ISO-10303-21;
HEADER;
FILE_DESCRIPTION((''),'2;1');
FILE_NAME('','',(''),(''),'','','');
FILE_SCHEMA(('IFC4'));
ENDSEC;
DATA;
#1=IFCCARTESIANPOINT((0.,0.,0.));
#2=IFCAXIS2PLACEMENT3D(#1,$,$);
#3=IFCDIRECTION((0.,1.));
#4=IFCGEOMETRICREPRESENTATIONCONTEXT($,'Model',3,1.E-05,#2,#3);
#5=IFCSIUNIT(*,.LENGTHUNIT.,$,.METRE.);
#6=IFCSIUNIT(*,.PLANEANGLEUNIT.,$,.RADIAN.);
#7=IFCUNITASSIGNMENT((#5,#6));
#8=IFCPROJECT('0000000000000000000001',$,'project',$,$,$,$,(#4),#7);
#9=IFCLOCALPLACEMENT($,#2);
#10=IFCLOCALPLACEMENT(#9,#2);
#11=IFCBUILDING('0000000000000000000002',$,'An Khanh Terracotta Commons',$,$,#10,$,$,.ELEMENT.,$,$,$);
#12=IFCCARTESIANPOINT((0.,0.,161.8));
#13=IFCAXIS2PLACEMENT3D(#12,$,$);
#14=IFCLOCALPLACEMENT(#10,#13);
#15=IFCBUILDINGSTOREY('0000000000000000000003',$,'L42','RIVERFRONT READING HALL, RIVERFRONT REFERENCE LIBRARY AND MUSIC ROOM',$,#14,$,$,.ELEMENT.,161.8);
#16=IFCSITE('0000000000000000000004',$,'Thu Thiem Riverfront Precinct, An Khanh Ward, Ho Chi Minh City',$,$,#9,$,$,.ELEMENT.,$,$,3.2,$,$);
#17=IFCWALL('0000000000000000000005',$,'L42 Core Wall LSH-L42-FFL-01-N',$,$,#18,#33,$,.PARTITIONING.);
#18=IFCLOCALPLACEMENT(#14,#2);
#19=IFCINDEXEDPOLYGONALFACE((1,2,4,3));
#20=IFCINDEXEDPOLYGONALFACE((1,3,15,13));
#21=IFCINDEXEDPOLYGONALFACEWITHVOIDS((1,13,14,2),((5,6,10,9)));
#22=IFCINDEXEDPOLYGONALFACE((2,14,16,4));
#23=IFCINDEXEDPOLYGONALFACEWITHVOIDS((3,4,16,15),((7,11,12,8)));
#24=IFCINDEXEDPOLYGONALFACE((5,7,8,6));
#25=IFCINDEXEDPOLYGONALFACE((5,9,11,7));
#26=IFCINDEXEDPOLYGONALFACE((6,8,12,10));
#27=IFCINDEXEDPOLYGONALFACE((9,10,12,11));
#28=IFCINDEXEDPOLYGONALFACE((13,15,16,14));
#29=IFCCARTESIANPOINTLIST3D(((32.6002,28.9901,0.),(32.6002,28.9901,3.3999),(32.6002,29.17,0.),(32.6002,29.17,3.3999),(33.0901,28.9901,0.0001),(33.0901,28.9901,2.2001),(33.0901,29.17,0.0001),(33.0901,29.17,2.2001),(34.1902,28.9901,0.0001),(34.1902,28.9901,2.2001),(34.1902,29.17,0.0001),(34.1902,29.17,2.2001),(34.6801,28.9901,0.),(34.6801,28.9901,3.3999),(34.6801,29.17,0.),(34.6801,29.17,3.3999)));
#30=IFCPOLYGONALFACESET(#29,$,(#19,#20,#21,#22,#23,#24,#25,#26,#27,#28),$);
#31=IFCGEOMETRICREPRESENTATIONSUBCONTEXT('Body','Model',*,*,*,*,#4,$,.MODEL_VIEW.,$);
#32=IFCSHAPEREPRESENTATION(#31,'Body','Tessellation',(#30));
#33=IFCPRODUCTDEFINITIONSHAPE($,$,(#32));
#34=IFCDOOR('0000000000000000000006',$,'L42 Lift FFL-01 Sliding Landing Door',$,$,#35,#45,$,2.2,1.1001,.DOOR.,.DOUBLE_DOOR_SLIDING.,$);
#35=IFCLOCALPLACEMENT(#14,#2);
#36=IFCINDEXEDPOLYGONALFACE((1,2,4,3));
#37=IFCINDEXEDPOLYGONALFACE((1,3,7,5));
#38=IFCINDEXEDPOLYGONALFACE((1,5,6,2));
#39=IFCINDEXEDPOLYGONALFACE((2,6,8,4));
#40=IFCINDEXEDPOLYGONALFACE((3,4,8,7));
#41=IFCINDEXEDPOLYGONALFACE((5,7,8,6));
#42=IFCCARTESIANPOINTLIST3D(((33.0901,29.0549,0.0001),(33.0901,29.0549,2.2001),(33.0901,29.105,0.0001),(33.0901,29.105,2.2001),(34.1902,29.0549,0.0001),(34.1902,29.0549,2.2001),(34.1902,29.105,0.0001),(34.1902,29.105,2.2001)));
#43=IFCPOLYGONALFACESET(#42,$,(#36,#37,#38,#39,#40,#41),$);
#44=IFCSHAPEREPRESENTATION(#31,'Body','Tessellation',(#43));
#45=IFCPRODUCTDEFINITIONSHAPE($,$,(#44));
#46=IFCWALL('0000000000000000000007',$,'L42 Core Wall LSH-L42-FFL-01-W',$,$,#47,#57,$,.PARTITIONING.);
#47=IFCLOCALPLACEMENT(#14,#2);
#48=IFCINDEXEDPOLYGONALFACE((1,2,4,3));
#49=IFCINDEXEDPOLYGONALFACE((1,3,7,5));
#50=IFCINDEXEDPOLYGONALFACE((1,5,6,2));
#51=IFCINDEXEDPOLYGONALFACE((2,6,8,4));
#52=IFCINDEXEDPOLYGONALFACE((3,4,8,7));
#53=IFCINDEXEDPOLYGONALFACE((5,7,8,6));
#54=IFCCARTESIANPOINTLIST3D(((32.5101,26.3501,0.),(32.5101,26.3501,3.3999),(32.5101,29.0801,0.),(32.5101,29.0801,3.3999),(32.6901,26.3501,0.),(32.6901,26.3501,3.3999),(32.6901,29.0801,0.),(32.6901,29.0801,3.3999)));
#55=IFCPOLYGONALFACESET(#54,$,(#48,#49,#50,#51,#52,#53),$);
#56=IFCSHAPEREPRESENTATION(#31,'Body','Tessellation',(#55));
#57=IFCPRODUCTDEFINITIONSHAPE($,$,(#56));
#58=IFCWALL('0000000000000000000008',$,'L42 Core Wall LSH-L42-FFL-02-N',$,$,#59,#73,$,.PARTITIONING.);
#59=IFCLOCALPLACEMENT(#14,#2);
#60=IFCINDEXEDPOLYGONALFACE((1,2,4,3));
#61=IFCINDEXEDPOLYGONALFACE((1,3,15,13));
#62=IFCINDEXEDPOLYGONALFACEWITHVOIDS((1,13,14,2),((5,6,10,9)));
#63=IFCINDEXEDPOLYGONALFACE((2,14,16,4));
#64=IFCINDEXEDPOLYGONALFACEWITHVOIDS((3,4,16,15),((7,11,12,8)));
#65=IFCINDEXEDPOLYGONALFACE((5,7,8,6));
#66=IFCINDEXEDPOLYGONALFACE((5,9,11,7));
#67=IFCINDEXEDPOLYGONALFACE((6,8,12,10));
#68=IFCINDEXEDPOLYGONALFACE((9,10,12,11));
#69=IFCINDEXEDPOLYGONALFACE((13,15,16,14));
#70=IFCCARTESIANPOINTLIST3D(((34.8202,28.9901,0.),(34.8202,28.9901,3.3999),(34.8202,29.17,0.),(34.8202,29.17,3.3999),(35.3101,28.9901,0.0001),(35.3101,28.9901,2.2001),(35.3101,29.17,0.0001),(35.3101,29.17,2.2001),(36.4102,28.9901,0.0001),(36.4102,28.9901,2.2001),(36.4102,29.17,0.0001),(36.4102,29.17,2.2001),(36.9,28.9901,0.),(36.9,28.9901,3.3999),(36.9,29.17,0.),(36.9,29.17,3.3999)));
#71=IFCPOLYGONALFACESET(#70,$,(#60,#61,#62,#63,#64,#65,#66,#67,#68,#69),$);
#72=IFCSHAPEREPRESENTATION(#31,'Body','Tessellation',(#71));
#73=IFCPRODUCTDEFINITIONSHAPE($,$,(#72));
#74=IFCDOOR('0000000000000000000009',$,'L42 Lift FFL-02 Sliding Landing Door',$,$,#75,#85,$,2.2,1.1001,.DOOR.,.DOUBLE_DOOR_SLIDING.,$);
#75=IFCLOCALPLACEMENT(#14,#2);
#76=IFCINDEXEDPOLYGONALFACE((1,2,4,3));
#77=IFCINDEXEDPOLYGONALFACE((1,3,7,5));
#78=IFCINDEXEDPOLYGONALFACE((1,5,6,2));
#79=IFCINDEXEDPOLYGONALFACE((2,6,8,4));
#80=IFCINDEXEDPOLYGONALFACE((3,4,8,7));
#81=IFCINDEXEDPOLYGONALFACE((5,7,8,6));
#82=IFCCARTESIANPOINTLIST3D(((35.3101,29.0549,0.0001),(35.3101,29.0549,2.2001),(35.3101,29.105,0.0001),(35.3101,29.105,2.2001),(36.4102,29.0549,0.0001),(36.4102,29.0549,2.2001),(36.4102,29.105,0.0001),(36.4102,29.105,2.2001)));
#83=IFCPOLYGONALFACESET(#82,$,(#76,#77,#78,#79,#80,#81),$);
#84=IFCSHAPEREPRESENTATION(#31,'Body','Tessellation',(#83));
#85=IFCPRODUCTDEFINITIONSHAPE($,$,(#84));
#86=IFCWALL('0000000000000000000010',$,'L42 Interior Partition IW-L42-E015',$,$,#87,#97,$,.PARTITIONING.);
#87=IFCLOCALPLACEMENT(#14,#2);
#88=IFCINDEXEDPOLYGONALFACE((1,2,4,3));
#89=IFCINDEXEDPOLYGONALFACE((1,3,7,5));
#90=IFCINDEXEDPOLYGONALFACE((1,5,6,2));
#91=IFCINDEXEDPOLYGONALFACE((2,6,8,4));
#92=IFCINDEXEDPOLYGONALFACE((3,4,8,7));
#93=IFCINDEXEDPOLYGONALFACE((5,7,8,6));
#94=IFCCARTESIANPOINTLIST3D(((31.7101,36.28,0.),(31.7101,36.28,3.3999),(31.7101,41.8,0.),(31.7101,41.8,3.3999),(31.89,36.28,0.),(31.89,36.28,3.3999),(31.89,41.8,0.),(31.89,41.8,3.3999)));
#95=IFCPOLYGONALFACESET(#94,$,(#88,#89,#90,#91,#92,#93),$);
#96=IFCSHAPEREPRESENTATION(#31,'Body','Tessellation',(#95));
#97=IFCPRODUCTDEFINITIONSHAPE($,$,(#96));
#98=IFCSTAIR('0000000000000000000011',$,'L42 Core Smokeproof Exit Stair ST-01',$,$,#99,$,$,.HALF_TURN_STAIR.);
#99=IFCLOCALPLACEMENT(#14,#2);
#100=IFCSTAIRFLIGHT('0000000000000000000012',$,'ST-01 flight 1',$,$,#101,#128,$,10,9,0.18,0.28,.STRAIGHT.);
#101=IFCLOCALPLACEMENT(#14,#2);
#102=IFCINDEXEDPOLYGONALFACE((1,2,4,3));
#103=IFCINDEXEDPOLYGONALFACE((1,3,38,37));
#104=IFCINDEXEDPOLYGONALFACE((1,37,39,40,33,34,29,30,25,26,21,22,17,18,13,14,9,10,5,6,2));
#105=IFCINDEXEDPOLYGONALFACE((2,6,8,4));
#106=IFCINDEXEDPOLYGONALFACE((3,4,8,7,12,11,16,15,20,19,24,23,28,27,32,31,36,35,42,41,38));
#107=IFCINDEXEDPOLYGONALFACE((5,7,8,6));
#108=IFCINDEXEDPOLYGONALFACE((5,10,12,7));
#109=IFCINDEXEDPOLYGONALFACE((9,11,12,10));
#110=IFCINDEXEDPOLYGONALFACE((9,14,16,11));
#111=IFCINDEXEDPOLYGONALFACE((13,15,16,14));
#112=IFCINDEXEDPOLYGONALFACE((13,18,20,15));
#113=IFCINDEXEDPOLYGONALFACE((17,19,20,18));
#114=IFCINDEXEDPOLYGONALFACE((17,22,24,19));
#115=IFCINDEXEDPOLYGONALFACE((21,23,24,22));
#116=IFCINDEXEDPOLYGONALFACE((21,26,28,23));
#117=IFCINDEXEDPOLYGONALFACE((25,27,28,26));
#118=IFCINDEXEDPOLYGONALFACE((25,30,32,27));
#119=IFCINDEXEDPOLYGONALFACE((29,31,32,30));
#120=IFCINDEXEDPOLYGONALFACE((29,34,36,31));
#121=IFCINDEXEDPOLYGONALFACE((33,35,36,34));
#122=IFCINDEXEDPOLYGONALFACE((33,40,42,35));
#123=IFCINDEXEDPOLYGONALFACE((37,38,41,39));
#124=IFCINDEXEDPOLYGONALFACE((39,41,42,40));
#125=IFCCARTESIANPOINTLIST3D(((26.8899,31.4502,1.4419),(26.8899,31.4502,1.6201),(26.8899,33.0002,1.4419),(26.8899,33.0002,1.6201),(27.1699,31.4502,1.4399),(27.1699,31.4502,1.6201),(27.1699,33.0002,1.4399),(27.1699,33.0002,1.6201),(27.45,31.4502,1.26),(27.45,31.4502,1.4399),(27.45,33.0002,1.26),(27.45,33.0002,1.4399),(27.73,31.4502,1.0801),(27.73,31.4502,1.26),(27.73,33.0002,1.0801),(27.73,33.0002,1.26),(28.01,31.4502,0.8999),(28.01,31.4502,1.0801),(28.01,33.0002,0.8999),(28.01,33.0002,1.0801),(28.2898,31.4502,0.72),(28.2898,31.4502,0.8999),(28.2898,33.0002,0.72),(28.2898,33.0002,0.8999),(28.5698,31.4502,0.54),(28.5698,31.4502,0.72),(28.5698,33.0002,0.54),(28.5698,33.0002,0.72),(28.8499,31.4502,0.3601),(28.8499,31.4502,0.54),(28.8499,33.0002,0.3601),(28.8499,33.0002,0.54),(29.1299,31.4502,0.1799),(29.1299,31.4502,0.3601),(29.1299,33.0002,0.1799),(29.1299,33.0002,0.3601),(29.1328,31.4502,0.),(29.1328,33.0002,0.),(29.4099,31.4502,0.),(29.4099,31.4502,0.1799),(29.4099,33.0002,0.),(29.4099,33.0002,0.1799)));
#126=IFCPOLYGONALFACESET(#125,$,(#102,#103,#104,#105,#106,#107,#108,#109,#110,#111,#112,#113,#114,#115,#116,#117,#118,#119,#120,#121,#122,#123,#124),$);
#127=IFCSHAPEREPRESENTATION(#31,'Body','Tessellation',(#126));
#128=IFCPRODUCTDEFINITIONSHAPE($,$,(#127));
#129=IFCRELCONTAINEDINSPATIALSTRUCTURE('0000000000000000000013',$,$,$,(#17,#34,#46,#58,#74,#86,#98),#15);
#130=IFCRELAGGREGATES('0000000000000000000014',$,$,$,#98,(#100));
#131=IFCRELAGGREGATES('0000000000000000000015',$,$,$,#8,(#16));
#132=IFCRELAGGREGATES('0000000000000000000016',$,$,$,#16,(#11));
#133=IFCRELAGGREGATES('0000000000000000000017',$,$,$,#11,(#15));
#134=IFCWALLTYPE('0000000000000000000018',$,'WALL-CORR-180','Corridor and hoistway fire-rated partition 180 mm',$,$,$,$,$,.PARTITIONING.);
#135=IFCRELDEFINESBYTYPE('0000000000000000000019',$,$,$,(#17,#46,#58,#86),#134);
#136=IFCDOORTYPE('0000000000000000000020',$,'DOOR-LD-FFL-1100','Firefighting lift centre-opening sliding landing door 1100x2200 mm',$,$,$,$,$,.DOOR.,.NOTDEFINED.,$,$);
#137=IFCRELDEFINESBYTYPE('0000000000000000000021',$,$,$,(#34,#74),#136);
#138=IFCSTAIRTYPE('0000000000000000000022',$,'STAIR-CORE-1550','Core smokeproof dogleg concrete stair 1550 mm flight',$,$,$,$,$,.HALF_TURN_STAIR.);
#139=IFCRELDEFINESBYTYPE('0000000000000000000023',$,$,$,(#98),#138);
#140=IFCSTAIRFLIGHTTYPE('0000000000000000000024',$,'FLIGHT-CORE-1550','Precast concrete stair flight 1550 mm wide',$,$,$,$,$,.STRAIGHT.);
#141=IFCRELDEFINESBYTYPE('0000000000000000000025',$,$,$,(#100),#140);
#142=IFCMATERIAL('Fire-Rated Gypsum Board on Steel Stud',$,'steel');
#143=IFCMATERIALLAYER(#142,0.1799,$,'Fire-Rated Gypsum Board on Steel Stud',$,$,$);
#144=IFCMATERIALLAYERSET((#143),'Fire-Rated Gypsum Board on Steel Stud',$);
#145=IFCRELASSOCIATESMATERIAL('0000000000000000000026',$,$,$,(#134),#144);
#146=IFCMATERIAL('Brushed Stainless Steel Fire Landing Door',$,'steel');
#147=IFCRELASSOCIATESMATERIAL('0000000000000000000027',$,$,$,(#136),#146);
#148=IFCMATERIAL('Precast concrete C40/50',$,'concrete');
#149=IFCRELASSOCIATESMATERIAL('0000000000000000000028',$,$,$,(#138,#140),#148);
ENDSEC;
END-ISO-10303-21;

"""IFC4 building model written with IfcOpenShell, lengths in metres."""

from ifc_helpers import new_model, si_unit, direction, frame, frame_2d, origin, place, context, subcontext, project, spatial, polyline, rectangle, outline, extrude, material, layer, layer_set, type_object, element, fill, aggregate, save


model = new_model("IFC4")

# Units and contexts
model_context = context("Model", 3, precision=1e-05, world=origin(), true_north=direction((0.0, 1.0)))
body_context = subcontext(model_context, "Body", "Model", "MODEL_VIEW")
ifc_project = project(units=[si_unit("LENGTHUNIT", "METRE"), si_unit("PLANEANGLEUNIT", "RADIAN")], contexts=[model_context])

# Site, building, storey
site_placement = place(None, origin())
site = spatial("IfcSite", under=ifc_project, at=site_placement, Name="Thu Thiem Riverfront Precinct, An Khanh Ward, Ho Chi Minh City", CompositionType="ELEMENT", RefElevation=3.2)
building_placement = place(site_placement, origin())
building = spatial("IfcBuilding", under=site, at=building_placement, Name="An Khanh Terracotta Commons", CompositionType="ELEMENT")
storey_placement = place(building_placement, frame((0.0, 0.0, 161.8)))
storey = spatial("IfcBuildingStorey", under=building, at=storey_placement, Name="L42", Description="RIVERFRONT READING HALL, RIVERFRONT REFERENCE LIBRARY AND MUSIC ROOM", CompositionType="ELEMENT", Elevation=161.8)

# Shared definitions
ifc_material_1 = material(Name="Fire-Rated Gypsum Board on Steel Stud", Category="steel")
ifc_layer_1 = layer(ifc_material_1, 0.1799, Name="Fire-Rated Gypsum Board on Steel Stud")
ifc_layer_set_1 = layer_set([ifc_layer_1], Name="Fire-Rated Gypsum Board on Steel Stud")
wall_type_1 = type_object("IfcWallType", Name="WALL-CORR-180", Description="Corridor and hoistway fire-rated partition 180 mm", PredefinedType="PARTITIONING", material=ifc_layer_set_1)

# Wall, opening, door
wall_1_placement = place(storey_placement, frame((32.6001, 29.0801, 0.0), z_axis=(0.0, 0.0, 1.0), x_axis=(1.0, 0.0, 0.0)))
wall_1 = element("IfcWall", 1, at=wall_1_placement, inside=storey, type_object=wall_type_1, Name="L42 Core Wall LSH-L42-FFL-01-N", PredefinedType="PARTITIONING", context=body_context, shape_type="SweptSolid", body=[
    extrude(rectangle(XDim=2.0798, YDim=0.1799, at=frame_2d((1.04, 0.0))), origin(), (0.0, 0.0, 1.0), 3.3999),
])
opening_1_placement = place(wall_1_placement, frame((0.49, 0.0, 0.0)))
opening_1 = element("IfcOpeningElement", 2, at=opening_1_placement, cuts=wall_1, PredefinedType="OPENING", context=body_context, shape_type="SweptSolid", body=[
    extrude(rectangle(XDim=1.1001, YDim=2.2, at=frame_2d((0.55, 1.1001))), frame((0.0, 0.0999, 0.0), z_axis=(0.0, -1.0, 0.0), x_axis=(1.0, 0.0, 0.0)), (0.0, 0.0, 1.0), 0.2),
])
ifc_material_2 = material(Name="Brushed Stainless Steel Fire Landing Door", Category="steel")
door_type_1 = type_object("IfcDoorType", Name="DOOR-LD-FFL-1100", Description="Firefighting lift centre-opening sliding landing door 1100x2200 mm", OperationType="NOTDEFINED", PredefinedType="DOOR", material=ifc_material_2)
door_1_placement = place(opening_1_placement, origin())
door_1 = element("IfcDoor", 3, at=door_1_placement, inside=storey, type_object=door_type_1, Name="L42 Lift FFL-01 Sliding Landing Door", OperationType="DOUBLE_DOOR_SLIDING", OverallHeight=2.2, OverallWidth=1.1001, PredefinedType="DOOR", context=body_context, shape_type="SweptSolid", body=[
    extrude(rectangle(XDim=1.1001, YDim=2.2, at=frame_2d((0.55, 1.1001))), frame((0.0, 0.0249, 0.0), z_axis=(0.0, -1.0, 0.0), x_axis=(1.0, 0.0, 0.0)), (0.0, 0.0, 1.0), 0.05),
])
fill(opening_1, door_1)

# Wall
wall_2_placement = place(storey_placement, frame((32.6001, 29.0801, 0.0), z_axis=(0.0, 0.0, 1.0), x_axis=(0.0, -1.0, 0.0)))
element("IfcWall", 4, at=wall_2_placement, inside=storey, type_object=wall_type_1, Name="L42 Core Wall LSH-L42-FFL-01-W", PredefinedType="PARTITIONING", context=body_context, shape_type="SweptSolid", body=[
    extrude(rectangle(XDim=2.73, YDim=0.1799, at=frame_2d((1.365, 0.0))), origin(), (0.0, 0.0, 1.0), 3.3999),
])

# Wall, opening, door
wall_3_placement = place(storey_placement, frame((34.8201, 29.0801, 0.0), z_axis=(0.0, 0.0, 1.0), x_axis=(1.0, 0.0, 0.0)))
wall_3 = element("IfcWall", 5, at=wall_3_placement, inside=storey, type_object=wall_type_1, Name="L42 Core Wall LSH-L42-FFL-02-N", PredefinedType="PARTITIONING", context=body_context, shape_type="SweptSolid", body=[
    extrude(rectangle(XDim=2.0798, YDim=0.1799, at=frame_2d((1.04, 0.0))), origin(), (0.0, 0.0, 1.0), 3.3999),
])
opening_2_placement = place(wall_3_placement, frame((0.49, 0.0, 0.0)))
opening_2 = element("IfcOpeningElement", 6, at=opening_2_placement, cuts=wall_3, PredefinedType="OPENING", context=body_context, shape_type="SweptSolid", body=[
    extrude(rectangle(XDim=1.1001, YDim=2.2, at=frame_2d((0.55, 1.1001))), frame((0.0, 0.0999, 0.0), z_axis=(0.0, -1.0, 0.0), x_axis=(1.0, 0.0, 0.0)), (0.0, 0.0, 1.0), 0.2),
])
door_2_placement = place(opening_2_placement, origin())
door_2 = element("IfcDoor", 7, at=door_2_placement, inside=storey, type_object=door_type_1, Name="L42 Lift FFL-02 Sliding Landing Door", OperationType="DOUBLE_DOOR_SLIDING", OverallHeight=2.2, OverallWidth=1.1001, PredefinedType="DOOR", context=body_context, shape_type="SweptSolid", body=[
    extrude(rectangle(XDim=1.1001, YDim=2.2, at=frame_2d((0.55, 1.1001))), frame((0.0, 0.0249, 0.0), z_axis=(0.0, -1.0, 0.0), x_axis=(1.0, 0.0, 0.0)), (0.0, 0.0, 1.0), 0.05),
])
fill(opening_2, door_2)

# Wall
wall_4_placement = place(storey_placement, frame((31.8, 36.28, 0.0), z_axis=(0.0, 0.0, 1.0), x_axis=(0.0, 1.0, 0.0)))
element("IfcWall", 8, at=wall_4_placement, inside=storey, type_object=wall_type_1, Name="L42 Interior Partition IW-L42-E015", PredefinedType="PARTITIONING", context=body_context, shape_type="SweptSolid", body=[
    extrude(rectangle(XDim=5.52, YDim=0.1799, at=frame_2d((2.76, 0.0))), origin(), (0.0, 0.0, 1.0), 3.3999),
])

# Stair, stair flight
ifc_material_3 = material(Name="Precast concrete C40/50", Category="concrete")
stair_type = type_object("IfcStairType", Name="STAIR-CORE-1550", Description="Core smokeproof dogleg concrete stair 1550 mm flight", PredefinedType="HALF_TURN_STAIR", material=ifc_material_3)
stair_placement = place(storey_placement, origin())
stair = element("IfcStair", 9, at=stair_placement, inside=storey, type_object=stair_type, Name="L42 Core Smokeproof Exit Stair ST-01", PredefinedType="HALF_TURN_STAIR")
stair_flight_type = type_object("IfcStairFlightType", Name="FLIGHT-CORE-1550", Description="Precast concrete stair flight 1550 mm wide", PredefinedType="STRAIGHT", material=ifc_material_3)
stair_flight_placement = place(storey_placement, frame((29.4099, 32.2251, 0.0), z_axis=(0.0, 0.0, 1.0), x_axis=(-1.0, 0.0, 0.0)))
stair_flight = element("IfcStairFlight", 10, at=stair_flight_placement, type_object=stair_flight_type, Name="ST-01 flight 1", NumberOfRisers=10, NumberOfTreads=9, PredefinedType="STRAIGHT", RiserHeight=0.18, TreadLength=0.28, context=body_context, shape_type="SweptSolid", body=[
    extrude(outline(polyline([(0.0, 0.0), (0.0, 0.1799), (0.28, 0.1799), (0.28, 0.3601), (0.5601, 0.3601), (0.5601, 0.54), (0.8401, 0.54), (0.8401, 0.72), (1.1201, 0.72), (1.1201, 0.8999), (1.3999, 0.8999), (1.3999, 1.0801), (1.6799, 1.0801), (1.6799, 1.26), (1.96, 1.26), (1.96, 1.4399), (2.24, 1.4399), (2.24, 1.6201), (2.52, 1.6201), (2.52, 1.8), (2.52, 1.4419), (0.2771, 0.0), (0.0, 0.0)])), frame((0.0, 0.7749, 0.0), z_axis=(0.0, -1.0, 0.0), x_axis=(1.0, 0.0, 0.0)), (0.0, 0.0, 1.0), 1.55),
])
aggregate(stair, [stair_flight])

save(model, "model.ifc")
